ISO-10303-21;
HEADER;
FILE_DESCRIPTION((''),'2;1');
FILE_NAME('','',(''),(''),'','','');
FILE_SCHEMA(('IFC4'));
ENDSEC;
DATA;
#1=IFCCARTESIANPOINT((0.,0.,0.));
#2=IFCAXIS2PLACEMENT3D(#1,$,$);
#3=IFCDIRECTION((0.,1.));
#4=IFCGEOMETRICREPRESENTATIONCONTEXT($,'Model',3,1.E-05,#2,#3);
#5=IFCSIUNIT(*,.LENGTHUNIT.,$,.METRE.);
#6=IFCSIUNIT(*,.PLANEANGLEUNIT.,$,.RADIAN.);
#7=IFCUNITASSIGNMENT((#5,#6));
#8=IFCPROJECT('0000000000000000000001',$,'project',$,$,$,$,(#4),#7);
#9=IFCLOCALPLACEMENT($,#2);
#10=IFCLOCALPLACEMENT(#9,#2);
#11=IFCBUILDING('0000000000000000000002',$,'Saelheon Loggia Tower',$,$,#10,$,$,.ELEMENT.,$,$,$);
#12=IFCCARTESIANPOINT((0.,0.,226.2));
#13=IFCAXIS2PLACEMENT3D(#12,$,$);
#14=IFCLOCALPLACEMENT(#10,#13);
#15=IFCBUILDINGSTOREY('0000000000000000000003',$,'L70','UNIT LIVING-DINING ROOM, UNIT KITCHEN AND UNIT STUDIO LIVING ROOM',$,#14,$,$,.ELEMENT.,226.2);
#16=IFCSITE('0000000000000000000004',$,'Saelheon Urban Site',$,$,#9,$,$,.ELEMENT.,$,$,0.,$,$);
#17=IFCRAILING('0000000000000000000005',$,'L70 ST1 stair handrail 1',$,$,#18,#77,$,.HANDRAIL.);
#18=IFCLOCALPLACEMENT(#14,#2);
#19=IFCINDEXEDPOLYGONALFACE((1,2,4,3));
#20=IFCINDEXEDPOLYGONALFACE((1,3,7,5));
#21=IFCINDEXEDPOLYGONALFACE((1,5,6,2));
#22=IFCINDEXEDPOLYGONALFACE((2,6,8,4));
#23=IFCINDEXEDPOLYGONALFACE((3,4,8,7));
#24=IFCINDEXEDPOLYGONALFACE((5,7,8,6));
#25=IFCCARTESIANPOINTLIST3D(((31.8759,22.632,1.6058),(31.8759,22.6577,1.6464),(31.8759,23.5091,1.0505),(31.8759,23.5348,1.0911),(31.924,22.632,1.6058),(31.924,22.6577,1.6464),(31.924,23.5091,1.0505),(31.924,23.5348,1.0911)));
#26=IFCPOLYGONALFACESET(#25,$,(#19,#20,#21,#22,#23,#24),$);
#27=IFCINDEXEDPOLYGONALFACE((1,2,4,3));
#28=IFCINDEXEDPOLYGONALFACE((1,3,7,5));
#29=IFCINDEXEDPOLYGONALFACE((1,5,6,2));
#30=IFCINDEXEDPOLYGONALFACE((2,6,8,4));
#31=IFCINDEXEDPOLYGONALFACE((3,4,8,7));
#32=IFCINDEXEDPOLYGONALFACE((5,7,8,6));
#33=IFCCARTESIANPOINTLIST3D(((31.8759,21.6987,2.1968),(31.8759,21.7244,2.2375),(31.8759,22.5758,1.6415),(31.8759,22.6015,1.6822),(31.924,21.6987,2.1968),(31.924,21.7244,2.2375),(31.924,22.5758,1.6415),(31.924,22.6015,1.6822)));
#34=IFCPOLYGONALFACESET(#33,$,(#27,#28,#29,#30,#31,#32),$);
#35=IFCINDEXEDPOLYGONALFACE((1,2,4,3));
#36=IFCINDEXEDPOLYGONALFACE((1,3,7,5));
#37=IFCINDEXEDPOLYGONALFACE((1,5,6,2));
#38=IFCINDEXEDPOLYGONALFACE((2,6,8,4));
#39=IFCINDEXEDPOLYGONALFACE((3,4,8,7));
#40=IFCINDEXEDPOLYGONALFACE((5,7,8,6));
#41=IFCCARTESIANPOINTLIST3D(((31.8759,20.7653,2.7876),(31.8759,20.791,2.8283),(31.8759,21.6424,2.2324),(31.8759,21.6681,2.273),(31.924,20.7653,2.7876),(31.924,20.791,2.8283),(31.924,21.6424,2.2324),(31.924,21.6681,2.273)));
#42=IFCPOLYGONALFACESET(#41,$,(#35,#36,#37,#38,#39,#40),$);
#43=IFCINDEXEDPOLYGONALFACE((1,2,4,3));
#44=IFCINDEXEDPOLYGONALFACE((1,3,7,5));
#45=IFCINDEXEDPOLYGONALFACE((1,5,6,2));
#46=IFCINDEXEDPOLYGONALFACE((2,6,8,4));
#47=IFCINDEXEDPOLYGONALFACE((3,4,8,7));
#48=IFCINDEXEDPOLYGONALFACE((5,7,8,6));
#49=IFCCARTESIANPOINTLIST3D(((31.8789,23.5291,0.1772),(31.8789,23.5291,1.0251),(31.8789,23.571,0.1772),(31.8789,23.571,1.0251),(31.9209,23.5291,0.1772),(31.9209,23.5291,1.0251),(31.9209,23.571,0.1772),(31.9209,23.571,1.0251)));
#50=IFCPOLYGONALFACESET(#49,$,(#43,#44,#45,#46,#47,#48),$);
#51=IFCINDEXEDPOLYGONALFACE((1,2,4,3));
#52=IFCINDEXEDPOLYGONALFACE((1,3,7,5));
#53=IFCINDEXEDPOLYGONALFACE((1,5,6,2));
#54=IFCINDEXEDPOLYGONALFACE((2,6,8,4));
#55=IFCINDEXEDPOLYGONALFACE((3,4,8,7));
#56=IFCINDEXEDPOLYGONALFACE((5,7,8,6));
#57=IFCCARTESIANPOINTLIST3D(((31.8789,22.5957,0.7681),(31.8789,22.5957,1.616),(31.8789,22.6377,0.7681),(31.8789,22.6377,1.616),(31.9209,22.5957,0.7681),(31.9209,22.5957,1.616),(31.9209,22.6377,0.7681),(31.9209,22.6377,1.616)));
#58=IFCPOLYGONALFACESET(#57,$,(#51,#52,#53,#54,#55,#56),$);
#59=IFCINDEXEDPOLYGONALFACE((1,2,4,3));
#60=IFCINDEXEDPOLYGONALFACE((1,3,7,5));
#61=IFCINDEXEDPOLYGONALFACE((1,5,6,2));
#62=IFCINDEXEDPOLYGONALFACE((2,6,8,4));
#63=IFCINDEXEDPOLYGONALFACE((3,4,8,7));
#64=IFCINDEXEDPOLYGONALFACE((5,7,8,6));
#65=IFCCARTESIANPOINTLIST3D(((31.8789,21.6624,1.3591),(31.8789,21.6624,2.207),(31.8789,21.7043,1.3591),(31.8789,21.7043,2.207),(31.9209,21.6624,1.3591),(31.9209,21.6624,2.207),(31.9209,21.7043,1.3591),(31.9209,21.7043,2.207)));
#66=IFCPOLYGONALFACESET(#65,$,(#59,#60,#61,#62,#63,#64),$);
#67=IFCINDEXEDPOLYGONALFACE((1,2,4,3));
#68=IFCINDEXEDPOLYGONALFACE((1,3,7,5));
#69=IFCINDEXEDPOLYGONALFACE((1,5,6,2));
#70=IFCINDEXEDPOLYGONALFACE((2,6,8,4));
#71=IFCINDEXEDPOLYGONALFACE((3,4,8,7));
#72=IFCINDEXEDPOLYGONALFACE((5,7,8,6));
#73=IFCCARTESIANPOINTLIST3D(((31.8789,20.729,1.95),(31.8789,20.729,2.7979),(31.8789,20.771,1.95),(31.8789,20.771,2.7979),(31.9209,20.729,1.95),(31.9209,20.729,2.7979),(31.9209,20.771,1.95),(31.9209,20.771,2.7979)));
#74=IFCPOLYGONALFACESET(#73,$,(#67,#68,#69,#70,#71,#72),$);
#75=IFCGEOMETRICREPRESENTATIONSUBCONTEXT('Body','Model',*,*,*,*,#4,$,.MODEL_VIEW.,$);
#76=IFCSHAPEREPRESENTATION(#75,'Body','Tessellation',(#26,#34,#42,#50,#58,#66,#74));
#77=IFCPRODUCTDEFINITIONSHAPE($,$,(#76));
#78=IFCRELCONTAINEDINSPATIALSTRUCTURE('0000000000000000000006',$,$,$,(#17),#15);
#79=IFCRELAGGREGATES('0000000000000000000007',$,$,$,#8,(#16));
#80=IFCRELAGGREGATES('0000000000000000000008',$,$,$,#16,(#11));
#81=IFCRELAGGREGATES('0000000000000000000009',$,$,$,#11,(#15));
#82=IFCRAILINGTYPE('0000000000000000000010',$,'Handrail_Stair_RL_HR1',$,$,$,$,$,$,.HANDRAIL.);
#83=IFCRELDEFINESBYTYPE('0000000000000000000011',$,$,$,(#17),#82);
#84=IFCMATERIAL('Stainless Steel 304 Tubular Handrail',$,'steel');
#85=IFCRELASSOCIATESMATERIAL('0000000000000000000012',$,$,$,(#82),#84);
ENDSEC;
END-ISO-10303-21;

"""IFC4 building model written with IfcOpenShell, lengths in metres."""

from ifc_helpers import new_model, si_unit, direction, frame, origin, origin_2d, place, context, subcontext, project, spatial, rectangle, extrude, material, type_object, element, save


model = new_model("IFC4")

# Units and contexts
model_context = context("Model", 3, precision=1e-05, world=origin(), true_north=direction((0.0, 1.0)))
body_context = subcontext(model_context, "Body", "Model", "MODEL_VIEW")
ifc_project = project(units=[si_unit("LENGTHUNIT", "METRE"), si_unit("PLANEANGLEUNIT", "RADIAN")], contexts=[model_context])

# Site, building, storey
site_placement = place(None, origin())
site = spatial("IfcSite", under=ifc_project, at=site_placement, Name="Saelheon Urban Site", CompositionType="ELEMENT", RefElevation=0.0)
building_placement = place(site_placement, origin())
building = spatial("IfcBuilding", under=site, at=building_placement, Name="Saelheon Loggia Tower", CompositionType="ELEMENT")
storey_placement = place(building_placement, frame((0.0, 0.0, 226.2)))
storey = spatial("IfcBuildingStorey", under=building, at=storey_placement, Name="L70", Description="UNIT LIVING-DINING ROOM, UNIT KITCHEN AND UNIT STUDIO LIVING ROOM", CompositionType="ELEMENT", Elevation=226.2)

# Railing
ifc_material_1 = material(Name="Stainless Steel 304 Tubular Handrail", Category="steel")
railing_type_1 = type_object("IfcRailingType", Name="Handrail_Stair_RL_HR1", PredefinedType="HANDRAIL", material=ifc_material_1)
railing_1_placement = place(storey_placement, frame((31.8999, 23.55, 0.1772)))
element("IfcRailing", 1, at=railing_1_placement, inside=storey, type_object=railing_type_1, Name="L70 ST1 stair handrail 1", PredefinedType="HANDRAIL", context=body_context, shape_type="SweptSolid", body=[
    extrude(rectangle(XDim=0.0481, YDim=0.0481, at=origin_2d()), frame((0.0, -0.0281, 0.8936), z_axis=(0.0, -0.844909, 0.53491), x_axis=(1.0, 0.0, 0.0)), (0.0, 0.0, 1.0), 1.0381),
    extrude(rectangle(XDim=0.0481, YDim=0.0481, at=origin_2d()), frame((0.0, -0.9614, 1.4846), z_axis=(0.0, -0.844909, 0.53491), x_axis=(1.0, 0.0, 0.0)), (0.0, 0.0, 1.0), 1.0381),
    extrude(rectangle(XDim=0.0481, YDim=0.0481, at=origin_2d()), frame((0.0, -1.8948, 2.0754), z_axis=(0.0, -0.844909, 0.53491), x_axis=(1.0, 0.0, 0.0)), (0.0, 0.0, 1.0), 1.0381),
    extrude(rectangle(XDim=0.042, YDim=0.042, at=origin_2d()), origin(), (0.0, 0.0, 1.0), 0.8479),
    extrude(rectangle(XDim=0.042, YDim=0.042, at=origin_2d()), frame((0.0, -0.9333, 0.5908)), (0.0, 0.0, 1.0), 0.8479),
    extrude(rectangle(XDim=0.042, YDim=0.042, at=origin_2d()), frame((0.0, -1.8667, 1.1819)), (0.0, 0.0, 1.0), 0.8479),
    extrude(rectangle(XDim=0.042, YDim=0.042, at=origin_2d()), frame((0.0, -2.8, 1.7727)), (0.0, 0.0, 1.0), 0.8479),
])

save(model, "model.ifc")
